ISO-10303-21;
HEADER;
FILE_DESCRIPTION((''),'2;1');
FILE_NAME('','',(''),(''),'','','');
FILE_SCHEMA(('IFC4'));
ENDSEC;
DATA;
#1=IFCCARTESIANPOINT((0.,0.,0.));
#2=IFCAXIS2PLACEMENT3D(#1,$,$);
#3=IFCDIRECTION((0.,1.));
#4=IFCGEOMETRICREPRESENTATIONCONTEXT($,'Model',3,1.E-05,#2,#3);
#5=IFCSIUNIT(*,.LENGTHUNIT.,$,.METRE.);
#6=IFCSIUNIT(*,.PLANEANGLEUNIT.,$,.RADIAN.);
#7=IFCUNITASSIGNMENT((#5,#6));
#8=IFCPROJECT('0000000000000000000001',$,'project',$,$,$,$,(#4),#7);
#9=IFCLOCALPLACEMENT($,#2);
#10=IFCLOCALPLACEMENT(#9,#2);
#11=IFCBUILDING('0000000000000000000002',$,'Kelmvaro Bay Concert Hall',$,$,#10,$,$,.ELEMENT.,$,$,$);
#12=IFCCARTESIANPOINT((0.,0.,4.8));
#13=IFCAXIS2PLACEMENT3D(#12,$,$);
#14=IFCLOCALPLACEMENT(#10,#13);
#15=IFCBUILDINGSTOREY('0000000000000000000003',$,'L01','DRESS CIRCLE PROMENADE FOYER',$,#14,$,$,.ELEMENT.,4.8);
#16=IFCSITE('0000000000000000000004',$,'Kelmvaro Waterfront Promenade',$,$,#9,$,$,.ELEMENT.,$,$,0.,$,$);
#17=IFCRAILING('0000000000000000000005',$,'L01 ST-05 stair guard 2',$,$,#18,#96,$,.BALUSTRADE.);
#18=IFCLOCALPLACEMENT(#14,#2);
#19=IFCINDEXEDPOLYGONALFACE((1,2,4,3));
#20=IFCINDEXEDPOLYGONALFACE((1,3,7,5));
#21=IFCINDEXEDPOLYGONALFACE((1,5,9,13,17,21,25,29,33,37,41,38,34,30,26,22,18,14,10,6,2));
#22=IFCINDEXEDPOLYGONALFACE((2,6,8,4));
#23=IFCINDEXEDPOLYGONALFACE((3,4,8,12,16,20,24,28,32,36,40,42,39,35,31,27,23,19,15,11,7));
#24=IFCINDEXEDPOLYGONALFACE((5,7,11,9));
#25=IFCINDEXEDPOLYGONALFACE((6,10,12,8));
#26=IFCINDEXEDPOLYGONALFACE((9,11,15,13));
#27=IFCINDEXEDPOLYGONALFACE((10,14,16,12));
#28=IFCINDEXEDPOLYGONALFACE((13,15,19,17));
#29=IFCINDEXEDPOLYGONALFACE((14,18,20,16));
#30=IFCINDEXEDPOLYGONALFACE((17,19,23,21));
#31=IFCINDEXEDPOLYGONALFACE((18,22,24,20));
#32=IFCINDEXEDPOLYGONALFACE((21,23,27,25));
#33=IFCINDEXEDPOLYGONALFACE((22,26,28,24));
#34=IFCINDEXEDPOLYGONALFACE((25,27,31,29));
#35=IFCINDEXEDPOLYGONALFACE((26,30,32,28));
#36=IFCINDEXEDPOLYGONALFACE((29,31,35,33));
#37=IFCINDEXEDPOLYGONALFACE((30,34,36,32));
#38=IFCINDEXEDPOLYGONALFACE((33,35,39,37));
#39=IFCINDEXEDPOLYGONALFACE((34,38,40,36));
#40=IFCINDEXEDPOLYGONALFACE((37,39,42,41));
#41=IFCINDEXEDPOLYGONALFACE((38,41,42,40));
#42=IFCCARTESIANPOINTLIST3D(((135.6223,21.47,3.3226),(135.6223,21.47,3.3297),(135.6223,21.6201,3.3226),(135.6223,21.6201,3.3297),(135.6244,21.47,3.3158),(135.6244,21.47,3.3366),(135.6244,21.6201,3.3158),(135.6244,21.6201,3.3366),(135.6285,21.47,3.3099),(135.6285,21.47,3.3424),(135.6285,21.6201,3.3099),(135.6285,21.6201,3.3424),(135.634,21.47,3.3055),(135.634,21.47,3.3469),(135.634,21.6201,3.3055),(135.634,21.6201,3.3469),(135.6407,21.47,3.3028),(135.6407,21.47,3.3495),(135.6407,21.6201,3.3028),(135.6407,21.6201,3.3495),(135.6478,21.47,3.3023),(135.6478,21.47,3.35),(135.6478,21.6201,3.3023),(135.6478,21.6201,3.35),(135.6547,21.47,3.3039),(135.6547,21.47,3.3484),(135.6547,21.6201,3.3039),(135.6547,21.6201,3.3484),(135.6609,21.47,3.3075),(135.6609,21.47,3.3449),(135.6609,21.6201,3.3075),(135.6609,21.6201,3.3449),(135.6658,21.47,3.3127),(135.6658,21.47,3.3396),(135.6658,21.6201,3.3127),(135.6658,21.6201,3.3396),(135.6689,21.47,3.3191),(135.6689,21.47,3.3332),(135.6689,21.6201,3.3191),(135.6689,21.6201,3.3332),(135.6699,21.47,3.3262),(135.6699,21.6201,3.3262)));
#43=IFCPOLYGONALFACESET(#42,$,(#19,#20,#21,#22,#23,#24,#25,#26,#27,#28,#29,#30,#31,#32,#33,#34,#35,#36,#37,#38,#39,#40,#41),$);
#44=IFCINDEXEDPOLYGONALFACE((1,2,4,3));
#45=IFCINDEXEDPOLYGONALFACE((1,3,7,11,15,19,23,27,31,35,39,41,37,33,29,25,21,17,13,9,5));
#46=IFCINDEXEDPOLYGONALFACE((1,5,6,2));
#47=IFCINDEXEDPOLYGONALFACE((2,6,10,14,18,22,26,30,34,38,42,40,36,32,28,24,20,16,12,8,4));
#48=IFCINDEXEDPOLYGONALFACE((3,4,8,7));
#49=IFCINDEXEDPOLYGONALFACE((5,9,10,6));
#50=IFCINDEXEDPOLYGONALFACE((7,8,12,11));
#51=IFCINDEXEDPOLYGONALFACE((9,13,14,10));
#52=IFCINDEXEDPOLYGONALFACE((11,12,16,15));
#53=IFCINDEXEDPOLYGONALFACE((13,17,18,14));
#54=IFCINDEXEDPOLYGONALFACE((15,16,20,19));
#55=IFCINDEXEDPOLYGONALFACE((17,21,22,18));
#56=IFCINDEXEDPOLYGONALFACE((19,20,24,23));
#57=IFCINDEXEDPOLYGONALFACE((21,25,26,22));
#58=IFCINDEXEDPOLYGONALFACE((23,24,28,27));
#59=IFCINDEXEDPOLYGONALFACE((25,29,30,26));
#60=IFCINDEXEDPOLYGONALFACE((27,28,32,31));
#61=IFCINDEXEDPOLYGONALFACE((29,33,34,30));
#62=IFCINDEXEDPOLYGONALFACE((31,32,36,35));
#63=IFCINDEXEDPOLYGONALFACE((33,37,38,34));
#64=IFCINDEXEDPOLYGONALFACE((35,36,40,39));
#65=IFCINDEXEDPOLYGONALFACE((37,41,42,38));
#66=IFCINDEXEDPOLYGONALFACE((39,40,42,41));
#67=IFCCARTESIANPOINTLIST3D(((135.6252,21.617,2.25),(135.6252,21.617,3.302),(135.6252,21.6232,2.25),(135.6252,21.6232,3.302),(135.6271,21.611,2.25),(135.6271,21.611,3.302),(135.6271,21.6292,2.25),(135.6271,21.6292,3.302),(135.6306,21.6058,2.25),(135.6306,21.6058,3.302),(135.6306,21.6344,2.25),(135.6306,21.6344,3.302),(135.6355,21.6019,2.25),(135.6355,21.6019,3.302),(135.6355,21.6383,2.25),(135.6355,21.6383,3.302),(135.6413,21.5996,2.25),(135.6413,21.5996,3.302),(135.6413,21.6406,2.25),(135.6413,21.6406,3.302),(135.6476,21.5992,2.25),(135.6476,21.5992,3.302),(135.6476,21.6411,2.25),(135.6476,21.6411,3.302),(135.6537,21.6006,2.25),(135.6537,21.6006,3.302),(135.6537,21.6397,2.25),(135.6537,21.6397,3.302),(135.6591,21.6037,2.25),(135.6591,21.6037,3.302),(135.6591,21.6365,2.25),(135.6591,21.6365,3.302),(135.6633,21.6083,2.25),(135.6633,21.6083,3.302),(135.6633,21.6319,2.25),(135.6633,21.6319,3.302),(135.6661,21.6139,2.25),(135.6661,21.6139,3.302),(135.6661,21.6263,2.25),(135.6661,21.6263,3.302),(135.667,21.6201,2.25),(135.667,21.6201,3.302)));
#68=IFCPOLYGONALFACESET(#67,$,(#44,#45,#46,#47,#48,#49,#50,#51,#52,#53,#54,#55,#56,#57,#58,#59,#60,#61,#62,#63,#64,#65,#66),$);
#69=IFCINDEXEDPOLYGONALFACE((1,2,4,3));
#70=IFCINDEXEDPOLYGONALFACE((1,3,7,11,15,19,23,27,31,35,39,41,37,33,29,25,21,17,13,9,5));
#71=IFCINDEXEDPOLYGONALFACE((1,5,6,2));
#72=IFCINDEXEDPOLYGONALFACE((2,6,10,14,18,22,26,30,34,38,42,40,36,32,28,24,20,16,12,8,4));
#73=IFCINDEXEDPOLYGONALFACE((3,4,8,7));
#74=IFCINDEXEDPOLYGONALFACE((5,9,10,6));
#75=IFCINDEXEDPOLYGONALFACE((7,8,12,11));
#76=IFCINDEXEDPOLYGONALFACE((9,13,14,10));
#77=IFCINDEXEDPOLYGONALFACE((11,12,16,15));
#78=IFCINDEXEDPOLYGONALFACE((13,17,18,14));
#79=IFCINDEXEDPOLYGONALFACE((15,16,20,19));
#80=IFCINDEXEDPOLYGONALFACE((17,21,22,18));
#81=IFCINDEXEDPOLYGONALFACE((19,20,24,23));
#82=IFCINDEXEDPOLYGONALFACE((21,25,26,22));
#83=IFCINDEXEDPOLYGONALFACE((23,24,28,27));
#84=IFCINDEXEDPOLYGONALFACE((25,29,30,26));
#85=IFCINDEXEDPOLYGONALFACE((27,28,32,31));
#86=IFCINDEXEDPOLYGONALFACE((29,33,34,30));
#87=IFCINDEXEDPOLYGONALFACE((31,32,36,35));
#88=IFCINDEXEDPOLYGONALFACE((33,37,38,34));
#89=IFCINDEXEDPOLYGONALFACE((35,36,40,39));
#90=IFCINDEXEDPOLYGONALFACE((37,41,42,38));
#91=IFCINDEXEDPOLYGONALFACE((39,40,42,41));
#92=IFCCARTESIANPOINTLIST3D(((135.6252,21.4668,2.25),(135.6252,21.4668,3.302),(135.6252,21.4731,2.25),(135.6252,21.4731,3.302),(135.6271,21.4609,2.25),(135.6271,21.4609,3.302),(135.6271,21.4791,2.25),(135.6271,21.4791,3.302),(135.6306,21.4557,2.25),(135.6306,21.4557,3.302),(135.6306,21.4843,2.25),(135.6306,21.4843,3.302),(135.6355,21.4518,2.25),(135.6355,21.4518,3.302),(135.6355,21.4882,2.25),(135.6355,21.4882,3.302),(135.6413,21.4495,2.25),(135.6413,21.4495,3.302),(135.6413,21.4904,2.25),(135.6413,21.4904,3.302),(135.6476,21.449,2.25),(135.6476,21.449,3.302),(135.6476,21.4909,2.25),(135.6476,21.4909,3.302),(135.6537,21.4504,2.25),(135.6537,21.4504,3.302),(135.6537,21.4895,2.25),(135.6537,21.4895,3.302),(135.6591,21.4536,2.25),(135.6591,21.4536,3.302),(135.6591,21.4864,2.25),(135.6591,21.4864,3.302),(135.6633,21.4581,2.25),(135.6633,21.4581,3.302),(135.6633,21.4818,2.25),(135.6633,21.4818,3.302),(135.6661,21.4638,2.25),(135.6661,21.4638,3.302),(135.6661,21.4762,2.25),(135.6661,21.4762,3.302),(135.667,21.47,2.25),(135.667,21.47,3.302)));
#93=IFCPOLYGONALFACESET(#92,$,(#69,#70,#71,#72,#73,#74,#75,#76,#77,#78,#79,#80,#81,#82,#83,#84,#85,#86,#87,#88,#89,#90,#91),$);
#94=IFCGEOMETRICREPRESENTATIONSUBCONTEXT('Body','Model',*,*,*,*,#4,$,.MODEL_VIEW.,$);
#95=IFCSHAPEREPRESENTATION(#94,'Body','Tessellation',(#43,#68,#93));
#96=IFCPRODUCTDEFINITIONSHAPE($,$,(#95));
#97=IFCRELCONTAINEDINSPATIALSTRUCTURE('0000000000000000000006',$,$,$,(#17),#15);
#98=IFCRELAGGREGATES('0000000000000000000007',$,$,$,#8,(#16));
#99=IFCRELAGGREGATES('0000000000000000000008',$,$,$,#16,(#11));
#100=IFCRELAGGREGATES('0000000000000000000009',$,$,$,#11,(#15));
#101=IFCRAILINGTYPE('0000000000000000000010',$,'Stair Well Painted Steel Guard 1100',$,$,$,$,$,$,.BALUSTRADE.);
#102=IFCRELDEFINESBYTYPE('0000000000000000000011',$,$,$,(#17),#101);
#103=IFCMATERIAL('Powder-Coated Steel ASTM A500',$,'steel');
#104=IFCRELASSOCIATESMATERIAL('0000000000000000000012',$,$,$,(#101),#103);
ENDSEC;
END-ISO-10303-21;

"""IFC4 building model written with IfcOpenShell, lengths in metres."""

from ifc_helpers import new_model, si_unit, direction, frame, origin, origin_2d, place, context, subcontext, project, spatial, circle, extrude, material, type_object, element, save


model = new_model("IFC4")

# Units and contexts
model_context = context("Model", 3, precision=1e-05, world=origin(), true_north=direction((0.0, 1.0)))
body_context = subcontext(model_context, "Body", "Model", "MODEL_VIEW")
ifc_project = project(units=[si_unit("LENGTHUNIT", "METRE"), si_unit("PLANEANGLEUNIT", "RADIAN")], contexts=[model_context])

# Site, building, storey
site_placement = place(None, origin())
site = spatial("IfcSite", under=ifc_project, at=site_placement, Name="Kelmvaro Waterfront Promenade", CompositionType="ELEMENT", RefElevation=0.0)
building_placement = place(site_placement, origin())
building = spatial("IfcBuilding", under=site, at=building_placement, Name="Kelmvaro Bay Concert Hall", CompositionType="ELEMENT")
storey_placement = place(building_placement, frame((0.0, 0.0, 4.8)))
storey = spatial("IfcBuildingStorey", under=building, at=storey_placement, Name="L01", Description="DRESS CIRCLE PROMENADE FOYER", CompositionType="ELEMENT", Elevation=4.8)

# Railing
ifc_material_1 = material(Name="Powder-Coated Steel ASTM A500", Category="steel")
railing_type_1 = type_object("IfcRailingType", Name="Stair Well Painted Steel Guard 1100", PredefinedType="BALUSTRADE", material=ifc_material_1)
railing_1_placement = place(storey_placement, frame((135.646, 21.6201, 2.25)))
element("IfcRailing", 1, at=railing_1_placement, inside=storey, type_object=railing_type_1, Name="L01 ST-05 stair guard 2", PredefinedType="BALUSTRADE", context=body_context, shape_type="SweptSolid", body=[
    extrude(circle(Radius=0.0239, at=origin_2d()), frame((0.0, 0.0, 1.0762), z_axis=(0.0, -1.0, 0.0), x_axis=(1.0, 0.0, 0.0)), (0.0, 0.0, 1.0), 0.1501),
    extrude(circle(Radius=0.021, at=origin_2d()), origin(), (0.0, 0.0, 1.0), 1.052),
    extrude(circle(Radius=0.021, at=origin_2d()), frame((0.0, -0.1501, 0.0)), (0.0, 0.0, 1.0), 1.052),
])

save(model, "model.ifc")
